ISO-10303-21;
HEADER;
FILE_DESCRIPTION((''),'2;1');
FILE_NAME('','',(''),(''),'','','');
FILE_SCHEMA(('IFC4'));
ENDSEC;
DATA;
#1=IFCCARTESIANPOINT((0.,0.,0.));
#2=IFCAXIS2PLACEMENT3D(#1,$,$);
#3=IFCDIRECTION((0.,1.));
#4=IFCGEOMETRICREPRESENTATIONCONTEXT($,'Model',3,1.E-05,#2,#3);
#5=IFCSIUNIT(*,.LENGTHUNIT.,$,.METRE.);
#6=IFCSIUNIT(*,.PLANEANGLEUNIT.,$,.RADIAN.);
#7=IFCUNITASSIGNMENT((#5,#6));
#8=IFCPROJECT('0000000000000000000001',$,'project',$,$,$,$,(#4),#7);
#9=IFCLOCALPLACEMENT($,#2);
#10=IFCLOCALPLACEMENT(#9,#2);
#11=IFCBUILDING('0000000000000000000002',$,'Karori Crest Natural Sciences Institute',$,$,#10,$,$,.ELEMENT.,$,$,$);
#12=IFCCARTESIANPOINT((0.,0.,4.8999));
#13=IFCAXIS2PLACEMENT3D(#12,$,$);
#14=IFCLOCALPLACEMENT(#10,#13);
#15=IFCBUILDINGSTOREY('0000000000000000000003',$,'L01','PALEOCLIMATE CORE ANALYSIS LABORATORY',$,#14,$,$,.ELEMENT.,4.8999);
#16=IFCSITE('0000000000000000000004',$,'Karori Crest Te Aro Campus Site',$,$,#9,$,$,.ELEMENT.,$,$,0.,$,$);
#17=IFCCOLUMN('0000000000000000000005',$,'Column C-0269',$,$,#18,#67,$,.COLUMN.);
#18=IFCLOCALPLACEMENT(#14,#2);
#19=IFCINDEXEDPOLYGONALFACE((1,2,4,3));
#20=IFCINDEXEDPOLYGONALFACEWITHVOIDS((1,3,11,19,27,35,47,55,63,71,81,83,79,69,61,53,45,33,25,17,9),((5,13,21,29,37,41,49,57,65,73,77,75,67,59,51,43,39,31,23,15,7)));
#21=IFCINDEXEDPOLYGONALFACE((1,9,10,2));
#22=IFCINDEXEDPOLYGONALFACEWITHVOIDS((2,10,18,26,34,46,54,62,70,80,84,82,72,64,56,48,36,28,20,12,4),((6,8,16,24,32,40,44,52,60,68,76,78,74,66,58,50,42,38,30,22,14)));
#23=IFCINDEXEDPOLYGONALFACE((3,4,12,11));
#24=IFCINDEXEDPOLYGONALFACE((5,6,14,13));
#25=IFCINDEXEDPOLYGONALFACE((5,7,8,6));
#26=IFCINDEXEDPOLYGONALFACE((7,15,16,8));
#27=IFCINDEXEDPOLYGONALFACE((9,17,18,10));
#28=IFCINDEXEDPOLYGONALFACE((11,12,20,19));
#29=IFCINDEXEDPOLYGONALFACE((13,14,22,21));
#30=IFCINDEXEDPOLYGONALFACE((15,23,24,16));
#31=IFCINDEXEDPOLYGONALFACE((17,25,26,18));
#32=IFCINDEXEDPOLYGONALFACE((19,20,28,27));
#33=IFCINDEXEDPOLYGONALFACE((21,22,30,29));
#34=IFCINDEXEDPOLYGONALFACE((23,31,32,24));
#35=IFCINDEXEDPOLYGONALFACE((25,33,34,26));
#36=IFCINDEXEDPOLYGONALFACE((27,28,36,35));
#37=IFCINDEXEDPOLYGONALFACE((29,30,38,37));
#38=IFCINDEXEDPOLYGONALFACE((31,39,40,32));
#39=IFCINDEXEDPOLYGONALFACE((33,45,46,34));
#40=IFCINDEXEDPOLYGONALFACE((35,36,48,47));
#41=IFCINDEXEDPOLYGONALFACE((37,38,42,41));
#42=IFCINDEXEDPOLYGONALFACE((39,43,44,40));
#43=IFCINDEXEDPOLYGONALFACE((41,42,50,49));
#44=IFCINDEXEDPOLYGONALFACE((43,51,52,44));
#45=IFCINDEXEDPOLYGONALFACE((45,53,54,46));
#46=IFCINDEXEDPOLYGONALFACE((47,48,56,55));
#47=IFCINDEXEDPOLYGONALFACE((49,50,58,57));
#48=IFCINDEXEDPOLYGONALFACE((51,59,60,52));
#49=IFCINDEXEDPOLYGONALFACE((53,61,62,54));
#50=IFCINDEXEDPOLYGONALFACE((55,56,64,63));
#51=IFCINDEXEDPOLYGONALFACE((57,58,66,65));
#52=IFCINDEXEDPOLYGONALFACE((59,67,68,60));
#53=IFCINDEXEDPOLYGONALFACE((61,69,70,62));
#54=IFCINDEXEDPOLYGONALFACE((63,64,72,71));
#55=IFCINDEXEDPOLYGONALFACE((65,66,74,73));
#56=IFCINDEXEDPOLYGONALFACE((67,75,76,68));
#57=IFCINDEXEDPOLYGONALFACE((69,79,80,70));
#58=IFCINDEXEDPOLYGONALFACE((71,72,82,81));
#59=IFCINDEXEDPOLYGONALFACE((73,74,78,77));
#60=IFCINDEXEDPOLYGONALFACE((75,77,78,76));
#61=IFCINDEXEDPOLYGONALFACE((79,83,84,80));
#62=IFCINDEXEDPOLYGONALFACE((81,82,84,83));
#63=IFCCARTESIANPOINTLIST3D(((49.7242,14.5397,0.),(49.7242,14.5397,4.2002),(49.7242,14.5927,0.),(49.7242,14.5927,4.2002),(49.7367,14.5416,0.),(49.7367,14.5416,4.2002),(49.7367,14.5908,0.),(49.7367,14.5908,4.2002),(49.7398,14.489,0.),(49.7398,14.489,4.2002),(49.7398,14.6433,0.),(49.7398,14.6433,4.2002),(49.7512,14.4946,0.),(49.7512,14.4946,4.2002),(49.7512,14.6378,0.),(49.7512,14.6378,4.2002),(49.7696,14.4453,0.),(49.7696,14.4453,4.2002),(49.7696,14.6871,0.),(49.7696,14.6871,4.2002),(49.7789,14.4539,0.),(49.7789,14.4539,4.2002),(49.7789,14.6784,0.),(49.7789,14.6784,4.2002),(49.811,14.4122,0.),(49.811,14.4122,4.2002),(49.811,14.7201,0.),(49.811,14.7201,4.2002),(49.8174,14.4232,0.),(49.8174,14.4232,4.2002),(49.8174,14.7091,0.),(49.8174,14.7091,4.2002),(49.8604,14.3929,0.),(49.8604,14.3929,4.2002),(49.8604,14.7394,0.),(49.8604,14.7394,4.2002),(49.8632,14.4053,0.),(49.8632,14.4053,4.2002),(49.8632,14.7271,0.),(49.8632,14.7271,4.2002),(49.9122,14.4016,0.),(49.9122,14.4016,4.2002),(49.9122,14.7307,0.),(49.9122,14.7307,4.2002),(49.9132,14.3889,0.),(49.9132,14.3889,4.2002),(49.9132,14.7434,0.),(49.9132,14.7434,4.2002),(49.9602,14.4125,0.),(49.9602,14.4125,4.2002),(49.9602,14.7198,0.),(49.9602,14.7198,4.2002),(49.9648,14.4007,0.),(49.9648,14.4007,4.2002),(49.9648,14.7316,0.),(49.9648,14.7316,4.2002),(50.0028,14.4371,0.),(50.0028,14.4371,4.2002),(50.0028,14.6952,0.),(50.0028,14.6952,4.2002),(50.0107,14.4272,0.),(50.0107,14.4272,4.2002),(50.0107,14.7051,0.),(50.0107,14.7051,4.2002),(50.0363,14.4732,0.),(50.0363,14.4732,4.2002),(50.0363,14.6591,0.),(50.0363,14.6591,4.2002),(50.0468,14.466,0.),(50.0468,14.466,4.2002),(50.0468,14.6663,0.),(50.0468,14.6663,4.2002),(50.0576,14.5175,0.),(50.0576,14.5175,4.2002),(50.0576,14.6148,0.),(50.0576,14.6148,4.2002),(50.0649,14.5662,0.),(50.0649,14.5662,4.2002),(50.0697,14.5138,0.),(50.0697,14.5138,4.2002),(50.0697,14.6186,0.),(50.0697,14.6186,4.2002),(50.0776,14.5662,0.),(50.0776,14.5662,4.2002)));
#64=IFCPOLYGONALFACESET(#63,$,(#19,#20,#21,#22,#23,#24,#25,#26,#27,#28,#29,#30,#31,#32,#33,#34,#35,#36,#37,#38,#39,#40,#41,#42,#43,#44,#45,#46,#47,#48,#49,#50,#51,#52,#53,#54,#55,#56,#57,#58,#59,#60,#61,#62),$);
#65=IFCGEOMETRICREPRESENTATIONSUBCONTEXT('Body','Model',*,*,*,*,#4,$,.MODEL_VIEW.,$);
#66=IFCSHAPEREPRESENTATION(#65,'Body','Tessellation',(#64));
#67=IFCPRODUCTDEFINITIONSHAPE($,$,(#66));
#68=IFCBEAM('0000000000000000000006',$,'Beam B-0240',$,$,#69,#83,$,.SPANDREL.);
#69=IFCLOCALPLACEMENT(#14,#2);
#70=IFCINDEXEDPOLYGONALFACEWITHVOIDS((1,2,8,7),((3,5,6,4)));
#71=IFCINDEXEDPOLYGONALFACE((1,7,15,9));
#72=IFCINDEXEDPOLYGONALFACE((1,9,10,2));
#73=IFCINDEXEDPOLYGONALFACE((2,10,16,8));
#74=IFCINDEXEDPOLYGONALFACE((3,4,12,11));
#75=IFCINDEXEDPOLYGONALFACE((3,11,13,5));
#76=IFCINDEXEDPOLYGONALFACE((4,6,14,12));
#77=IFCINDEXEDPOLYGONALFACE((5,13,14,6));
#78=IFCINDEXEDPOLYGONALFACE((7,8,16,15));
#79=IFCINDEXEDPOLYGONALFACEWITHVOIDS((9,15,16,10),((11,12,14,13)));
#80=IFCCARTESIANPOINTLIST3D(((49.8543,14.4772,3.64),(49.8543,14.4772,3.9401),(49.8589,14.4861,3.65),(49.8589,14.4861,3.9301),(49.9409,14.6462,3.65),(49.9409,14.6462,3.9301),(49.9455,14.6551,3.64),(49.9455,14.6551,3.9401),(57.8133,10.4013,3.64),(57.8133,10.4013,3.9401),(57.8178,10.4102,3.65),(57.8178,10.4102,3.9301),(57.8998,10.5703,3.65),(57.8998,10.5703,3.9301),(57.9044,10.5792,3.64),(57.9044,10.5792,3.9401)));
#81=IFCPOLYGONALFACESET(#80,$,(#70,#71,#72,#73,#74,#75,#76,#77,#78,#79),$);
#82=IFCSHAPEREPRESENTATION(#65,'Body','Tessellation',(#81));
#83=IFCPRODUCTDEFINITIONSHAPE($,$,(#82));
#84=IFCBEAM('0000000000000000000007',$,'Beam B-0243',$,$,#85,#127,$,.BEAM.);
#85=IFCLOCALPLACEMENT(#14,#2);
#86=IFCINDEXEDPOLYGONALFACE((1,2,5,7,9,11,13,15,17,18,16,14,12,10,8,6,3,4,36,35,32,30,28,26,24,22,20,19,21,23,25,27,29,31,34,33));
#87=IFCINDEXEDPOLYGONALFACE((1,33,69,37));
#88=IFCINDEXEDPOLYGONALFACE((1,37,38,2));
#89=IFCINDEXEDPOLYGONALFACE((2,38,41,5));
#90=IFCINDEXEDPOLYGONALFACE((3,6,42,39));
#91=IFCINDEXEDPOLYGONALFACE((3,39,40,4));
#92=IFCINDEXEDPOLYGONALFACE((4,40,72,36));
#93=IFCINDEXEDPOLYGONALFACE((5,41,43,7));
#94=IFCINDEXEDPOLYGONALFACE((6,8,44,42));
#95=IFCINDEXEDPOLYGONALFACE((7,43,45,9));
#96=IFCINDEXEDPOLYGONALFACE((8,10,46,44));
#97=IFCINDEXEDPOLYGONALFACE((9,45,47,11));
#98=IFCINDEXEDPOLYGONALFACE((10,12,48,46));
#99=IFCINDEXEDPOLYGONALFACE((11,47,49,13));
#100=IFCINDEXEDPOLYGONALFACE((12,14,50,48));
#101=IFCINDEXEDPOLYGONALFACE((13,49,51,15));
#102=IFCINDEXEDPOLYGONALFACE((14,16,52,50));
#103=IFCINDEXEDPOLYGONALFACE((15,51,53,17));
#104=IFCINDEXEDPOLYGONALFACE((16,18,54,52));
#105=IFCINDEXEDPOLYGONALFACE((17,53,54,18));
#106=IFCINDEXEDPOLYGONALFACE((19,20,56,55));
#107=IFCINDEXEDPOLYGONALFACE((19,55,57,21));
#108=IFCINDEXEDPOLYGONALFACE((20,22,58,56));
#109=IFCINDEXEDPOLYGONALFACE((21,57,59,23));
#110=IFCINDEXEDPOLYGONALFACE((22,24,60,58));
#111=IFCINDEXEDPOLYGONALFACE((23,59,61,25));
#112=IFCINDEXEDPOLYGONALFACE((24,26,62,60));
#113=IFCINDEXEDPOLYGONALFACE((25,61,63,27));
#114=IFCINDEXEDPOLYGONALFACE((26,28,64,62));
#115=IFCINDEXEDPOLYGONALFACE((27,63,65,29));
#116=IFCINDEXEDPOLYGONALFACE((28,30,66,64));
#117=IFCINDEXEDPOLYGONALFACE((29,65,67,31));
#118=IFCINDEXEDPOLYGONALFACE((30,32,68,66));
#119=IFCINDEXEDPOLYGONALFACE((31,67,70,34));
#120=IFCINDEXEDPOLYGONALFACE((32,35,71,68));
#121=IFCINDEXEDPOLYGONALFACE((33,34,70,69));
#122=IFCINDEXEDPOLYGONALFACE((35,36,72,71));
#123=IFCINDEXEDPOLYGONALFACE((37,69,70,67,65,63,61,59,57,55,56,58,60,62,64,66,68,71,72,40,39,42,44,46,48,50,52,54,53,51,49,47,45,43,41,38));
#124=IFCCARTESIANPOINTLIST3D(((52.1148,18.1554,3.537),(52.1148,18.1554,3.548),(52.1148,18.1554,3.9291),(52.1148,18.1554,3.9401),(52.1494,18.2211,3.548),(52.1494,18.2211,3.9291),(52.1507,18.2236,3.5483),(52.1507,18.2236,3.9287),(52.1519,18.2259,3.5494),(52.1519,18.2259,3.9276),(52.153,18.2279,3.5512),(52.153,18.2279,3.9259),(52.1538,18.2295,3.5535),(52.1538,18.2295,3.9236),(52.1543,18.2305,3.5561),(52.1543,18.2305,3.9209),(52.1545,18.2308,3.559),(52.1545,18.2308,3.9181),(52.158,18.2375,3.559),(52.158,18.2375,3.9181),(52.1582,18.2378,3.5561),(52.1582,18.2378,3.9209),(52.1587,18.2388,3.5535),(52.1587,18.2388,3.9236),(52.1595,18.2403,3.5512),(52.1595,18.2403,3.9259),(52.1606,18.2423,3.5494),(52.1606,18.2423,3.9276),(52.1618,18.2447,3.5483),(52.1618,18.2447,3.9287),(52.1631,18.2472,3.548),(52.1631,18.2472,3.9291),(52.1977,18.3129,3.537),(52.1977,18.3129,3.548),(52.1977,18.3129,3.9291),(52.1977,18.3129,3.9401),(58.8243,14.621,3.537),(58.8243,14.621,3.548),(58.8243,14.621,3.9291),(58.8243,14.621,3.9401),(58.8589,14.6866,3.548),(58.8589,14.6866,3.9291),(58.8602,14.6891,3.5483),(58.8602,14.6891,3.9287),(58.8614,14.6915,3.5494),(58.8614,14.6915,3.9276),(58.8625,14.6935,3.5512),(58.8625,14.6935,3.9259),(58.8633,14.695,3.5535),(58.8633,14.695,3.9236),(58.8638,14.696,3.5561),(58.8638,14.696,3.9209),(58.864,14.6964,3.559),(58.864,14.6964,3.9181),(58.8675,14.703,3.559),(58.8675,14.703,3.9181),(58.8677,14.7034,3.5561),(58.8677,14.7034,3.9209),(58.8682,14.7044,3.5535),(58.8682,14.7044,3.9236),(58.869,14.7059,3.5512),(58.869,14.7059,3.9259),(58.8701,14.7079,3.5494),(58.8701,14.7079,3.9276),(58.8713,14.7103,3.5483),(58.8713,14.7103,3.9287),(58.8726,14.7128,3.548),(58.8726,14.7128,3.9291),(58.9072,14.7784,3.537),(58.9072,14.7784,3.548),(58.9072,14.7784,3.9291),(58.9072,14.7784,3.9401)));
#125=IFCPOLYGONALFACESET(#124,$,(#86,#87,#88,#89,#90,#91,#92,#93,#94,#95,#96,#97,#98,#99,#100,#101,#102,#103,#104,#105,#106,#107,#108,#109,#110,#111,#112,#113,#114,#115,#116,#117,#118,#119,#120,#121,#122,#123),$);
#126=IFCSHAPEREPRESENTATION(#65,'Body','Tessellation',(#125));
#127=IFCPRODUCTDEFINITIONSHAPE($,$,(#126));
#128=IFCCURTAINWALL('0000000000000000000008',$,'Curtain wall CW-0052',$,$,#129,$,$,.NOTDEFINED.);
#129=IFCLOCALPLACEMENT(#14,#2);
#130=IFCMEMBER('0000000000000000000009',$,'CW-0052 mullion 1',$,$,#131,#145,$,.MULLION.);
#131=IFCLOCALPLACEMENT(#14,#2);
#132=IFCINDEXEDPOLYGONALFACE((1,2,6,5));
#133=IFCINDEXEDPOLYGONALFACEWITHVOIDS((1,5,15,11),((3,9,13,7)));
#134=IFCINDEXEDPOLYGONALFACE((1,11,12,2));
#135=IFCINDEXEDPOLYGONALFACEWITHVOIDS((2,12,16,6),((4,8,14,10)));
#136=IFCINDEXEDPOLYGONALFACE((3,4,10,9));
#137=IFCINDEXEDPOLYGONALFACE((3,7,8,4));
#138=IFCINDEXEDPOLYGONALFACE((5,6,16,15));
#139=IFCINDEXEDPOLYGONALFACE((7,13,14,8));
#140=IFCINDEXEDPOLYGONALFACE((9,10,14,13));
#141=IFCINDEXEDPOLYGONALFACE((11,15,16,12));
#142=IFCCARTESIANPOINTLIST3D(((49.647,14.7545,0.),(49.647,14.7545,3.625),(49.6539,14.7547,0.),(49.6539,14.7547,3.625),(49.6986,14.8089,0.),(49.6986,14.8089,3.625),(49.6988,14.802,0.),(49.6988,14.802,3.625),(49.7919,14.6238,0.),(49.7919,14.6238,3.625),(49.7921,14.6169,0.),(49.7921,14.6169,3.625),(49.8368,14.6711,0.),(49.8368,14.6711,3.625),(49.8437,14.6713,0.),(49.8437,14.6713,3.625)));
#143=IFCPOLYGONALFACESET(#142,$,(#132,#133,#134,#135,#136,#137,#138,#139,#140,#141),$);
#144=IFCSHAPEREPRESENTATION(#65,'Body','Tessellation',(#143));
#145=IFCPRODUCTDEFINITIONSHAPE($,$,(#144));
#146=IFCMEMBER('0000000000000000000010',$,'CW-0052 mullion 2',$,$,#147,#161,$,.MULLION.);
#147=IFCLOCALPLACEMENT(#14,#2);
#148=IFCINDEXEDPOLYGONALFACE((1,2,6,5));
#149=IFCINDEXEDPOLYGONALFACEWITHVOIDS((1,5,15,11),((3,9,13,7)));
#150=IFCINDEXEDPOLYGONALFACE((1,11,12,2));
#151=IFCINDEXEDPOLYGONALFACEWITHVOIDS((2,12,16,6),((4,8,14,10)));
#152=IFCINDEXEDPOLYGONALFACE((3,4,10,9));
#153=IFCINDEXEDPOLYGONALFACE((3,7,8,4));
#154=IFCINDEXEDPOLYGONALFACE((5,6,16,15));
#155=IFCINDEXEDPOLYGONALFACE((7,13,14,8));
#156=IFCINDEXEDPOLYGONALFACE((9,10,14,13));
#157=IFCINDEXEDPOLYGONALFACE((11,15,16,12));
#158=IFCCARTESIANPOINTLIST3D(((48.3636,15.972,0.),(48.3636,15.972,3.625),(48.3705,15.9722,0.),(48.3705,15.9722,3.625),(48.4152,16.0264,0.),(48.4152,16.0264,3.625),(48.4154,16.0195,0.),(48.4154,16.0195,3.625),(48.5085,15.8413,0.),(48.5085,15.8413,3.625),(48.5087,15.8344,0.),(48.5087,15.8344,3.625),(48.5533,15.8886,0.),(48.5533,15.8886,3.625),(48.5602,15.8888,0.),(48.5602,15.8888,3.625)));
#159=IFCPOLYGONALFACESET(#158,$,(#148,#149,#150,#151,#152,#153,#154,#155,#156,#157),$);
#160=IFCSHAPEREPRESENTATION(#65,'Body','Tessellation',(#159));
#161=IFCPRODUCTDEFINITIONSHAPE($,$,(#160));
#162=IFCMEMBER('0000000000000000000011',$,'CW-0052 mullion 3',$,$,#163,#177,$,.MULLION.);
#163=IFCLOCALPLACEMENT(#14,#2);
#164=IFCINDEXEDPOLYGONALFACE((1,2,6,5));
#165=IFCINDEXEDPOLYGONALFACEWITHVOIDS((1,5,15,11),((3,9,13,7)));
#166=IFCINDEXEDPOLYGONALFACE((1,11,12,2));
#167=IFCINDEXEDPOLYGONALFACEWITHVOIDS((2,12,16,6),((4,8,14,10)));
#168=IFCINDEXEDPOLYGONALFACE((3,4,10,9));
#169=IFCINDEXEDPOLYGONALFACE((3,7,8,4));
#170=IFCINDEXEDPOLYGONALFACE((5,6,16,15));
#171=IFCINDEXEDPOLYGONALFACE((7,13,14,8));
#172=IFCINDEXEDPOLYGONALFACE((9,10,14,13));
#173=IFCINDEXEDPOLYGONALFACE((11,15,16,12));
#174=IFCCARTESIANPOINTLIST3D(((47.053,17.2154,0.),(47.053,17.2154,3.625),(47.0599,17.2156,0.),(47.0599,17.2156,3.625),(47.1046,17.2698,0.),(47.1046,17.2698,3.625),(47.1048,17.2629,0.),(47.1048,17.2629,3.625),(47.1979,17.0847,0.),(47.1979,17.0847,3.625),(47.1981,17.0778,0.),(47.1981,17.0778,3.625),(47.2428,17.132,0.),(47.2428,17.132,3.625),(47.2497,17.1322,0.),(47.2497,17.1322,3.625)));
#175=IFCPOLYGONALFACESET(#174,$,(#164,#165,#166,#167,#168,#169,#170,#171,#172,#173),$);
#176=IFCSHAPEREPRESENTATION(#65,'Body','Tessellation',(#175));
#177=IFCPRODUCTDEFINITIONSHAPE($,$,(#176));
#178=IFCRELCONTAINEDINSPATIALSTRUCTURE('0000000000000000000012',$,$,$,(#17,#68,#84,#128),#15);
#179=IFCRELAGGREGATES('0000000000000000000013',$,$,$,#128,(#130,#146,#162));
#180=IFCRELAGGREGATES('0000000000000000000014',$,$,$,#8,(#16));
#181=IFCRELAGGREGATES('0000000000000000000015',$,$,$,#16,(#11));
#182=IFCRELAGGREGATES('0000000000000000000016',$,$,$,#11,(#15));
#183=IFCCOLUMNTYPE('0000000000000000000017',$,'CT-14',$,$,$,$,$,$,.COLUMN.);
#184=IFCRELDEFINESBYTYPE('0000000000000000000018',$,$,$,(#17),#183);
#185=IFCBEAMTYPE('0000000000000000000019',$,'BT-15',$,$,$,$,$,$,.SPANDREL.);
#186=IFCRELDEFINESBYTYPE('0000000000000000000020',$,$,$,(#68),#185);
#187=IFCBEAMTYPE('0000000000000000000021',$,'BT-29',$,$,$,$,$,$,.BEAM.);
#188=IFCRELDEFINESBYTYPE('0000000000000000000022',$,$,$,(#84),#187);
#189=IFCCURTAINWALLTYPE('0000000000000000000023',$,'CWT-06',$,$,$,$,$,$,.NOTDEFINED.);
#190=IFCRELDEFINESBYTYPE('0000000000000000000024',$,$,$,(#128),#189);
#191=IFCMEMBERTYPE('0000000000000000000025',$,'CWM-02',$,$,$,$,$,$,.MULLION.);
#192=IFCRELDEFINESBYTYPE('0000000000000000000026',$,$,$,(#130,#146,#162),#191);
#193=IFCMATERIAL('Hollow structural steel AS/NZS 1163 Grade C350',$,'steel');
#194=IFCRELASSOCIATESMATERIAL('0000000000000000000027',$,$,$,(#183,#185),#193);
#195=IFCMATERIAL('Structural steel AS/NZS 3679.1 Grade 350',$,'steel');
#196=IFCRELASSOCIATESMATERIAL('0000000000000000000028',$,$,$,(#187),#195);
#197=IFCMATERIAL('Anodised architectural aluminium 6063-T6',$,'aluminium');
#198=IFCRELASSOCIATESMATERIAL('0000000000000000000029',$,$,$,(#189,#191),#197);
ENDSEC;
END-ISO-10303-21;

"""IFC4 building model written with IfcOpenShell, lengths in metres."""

from ifc_helpers import new_model, si_unit, direction, frame, origin, origin_2d, place, context, subcontext, project, spatial, hollow_rectangle, hollow_circle, i_section, extrude, material, material_profile, profile_set, type_object, element, aggregate, save


model = new_model("IFC4")

# Units and contexts
model_context = context("Model", 3, precision=1e-05, world=origin(), true_north=direction((0.0, 1.0)))
body_context = subcontext(model_context, "Body", "Model", "MODEL_VIEW")
ifc_project = project(units=[si_unit("LENGTHUNIT", "METRE"), si_unit("PLANEANGLEUNIT", "RADIAN")], contexts=[model_context])

# Site, building, storey
site_placement = place(None, origin())
site = spatial("IfcSite", under=ifc_project, at=site_placement, Name="Karori Crest Te Aro Campus Site", CompositionType="ELEMENT", RefElevation=0.0)
building_placement = place(site_placement, origin())
building = spatial("IfcBuilding", under=site, at=building_placement, Name="Karori Crest Natural Sciences Institute", CompositionType="ELEMENT")
storey_placement = place(building_placement, frame((0.0, 0.0, 4.8999)))
storey = spatial("IfcBuildingStorey", under=building, at=storey_placement, Name="L01", Description="PALEOCLIMATE CORE ANALYSIS LABORATORY", CompositionType="ELEMENT", Elevation=4.8999)

# Column
ifc_material_1 = material(Name="Hollow structural steel AS/NZS 1163 Grade C350", Category="steel")
ifc_material_profile_1 = material_profile(ifc_material_1, hollow_circle(Radius=0.1777, WallThickness=0.0127, at=origin_2d()), Name="CHS355.6x12.7")
ifc_profile_set_1 = profile_set([ifc_material_profile_1], Name="Hollow structural steel AS/NZS 1163 Grade C350")
column_type = type_object("IfcColumnType", Name="CT-14", PredefinedType="COLUMN", material=ifc_profile_set_1)
column_placement = place(storey_placement, frame((49.8999, 14.5662, 0.0), z_axis=(0.0, 0.0, 1.0), x_axis=(1.0, 0.0, 0.0)))
element("IfcColumn", 1, at=column_placement, inside=storey, type_object=column_type, Name="Column C-0269", PredefinedType="COLUMN", context=body_context, shape_type="SweptSolid", body=[
    extrude(hollow_circle(Radius=0.1777, WallThickness=0.0127, at=origin_2d()), origin(), (0.0, 0.0, 1.0), 4.2002),
])

# Beams
ifc_material_profile_2 = material_profile(ifc_material_1, hollow_rectangle(XDim=0.2, YDim=0.3, WallThickness=0.01, at=origin_2d()), Name="RHS300x200x10")
ifc_profile_set_2 = profile_set([ifc_material_profile_2], Name="Hollow structural steel AS/NZS 1163 Grade C350")
beam_type_1 = type_object("IfcBeamType", Name="BT-15", PredefinedType="SPANDREL", material=ifc_profile_set_2)
beam_1_placement = place(storey_placement, frame((49.8999, 14.5662, 3.79), z_axis=(0.890072, -0.45582, 0.0), x_axis=(0.45582, 0.890072, 0.0)))
element("IfcBeam", 2, at=beam_1_placement, inside=storey, type_object=beam_type_1, Name="Beam B-0240", PredefinedType="SPANDREL", context=body_context, shape_type="SweptSolid", body=[
    extrude(hollow_rectangle(XDim=0.2, YDim=0.3, WallThickness=0.01, at=origin_2d()), origin(), (0.0, 0.0, 1.0), 8.9419),
])
ifc_material_2 = material(Name="Structural steel AS/NZS 3679.1 Grade 350", Category="steel")
ifc_material_profile_3 = material_profile(ifc_material_2, i_section(OverallWidth=0.178, OverallDepth=0.4031, WebThickness=0.0076, FlangeThickness=0.011, FilletRadius=0.011, at=origin_2d()), Name="410UB53.7")
ifc_profile_set_3 = profile_set([ifc_material_profile_3], Name="Structural steel AS/NZS 3679.1 Grade 350")
beam_type_2 = type_object("IfcBeamType", Name="BT-29", PredefinedType="BEAM", material=ifc_profile_set_3)
beam_2_placement = place(storey_placement, frame((52.1562, 18.2341, 3.7385), z_axis=(0.884748, -0.466069, 0.0), x_axis=(0.466069, 0.884748, 0.0)))
element("IfcBeam", 3, at=beam_2_placement, inside=storey, type_object=beam_type_2, Name="Beam B-0243", PredefinedType="BEAM", context=body_context, shape_type="SweptSolid", body=[
    extrude(i_section(OverallWidth=0.178, OverallDepth=0.4031, WebThickness=0.0076, FlangeThickness=0.011, FilletRadius=0.011, at=origin_2d()), origin(), (0.0, 0.0, 1.0), 7.5835),
])

# Curtain wall, members
ifc_material_3 = material(Name="Anodised architectural aluminium 6063-T6", Category="aluminium")
curtain_wall_type = type_object("IfcCurtainWallType", Name="CWT-06", PredefinedType="NOTDEFINED", material=ifc_material_3)
curtain_wall_placement = place(storey_placement, origin())
curtain_wall = element("IfcCurtainWall", 4, at=curtain_wall_placement, inside=storey, type_object=curtain_wall_type, Name="Curtain wall CW-0052", PredefinedType="NOTDEFINED")
ifc_material_profile_4 = material_profile(ifc_material_3, hollow_rectangle(XDim=0.075, YDim=0.2, WallThickness=0.0049, at=origin_2d()), Name="CWM200x75x5")
ifc_profile_set_4 = profile_set([ifc_material_profile_4], Name="Anodised architectural aluminium 6063-T6")
member_type_1 = type_object("IfcMemberType", Name="CWM-02", PredefinedType="MULLION", material=ifc_profile_set_4)
member_1_placement = place(storey_placement, frame((49.7454, 14.7129, 0.0), z_axis=(0.0, 0.0, 1.0), x_axis=(-0.688246, -0.725477, 0.0)))
member_1 = element("IfcMember", 5, at=member_1_placement, type_object=member_type_1, Name="CW-0052 mullion 1", PredefinedType="MULLION", context=body_context, shape_type="SweptSolid", body=[
    extrude(hollow_rectangle(XDim=0.075, YDim=0.2, WallThickness=0.0049, at=origin_2d()), origin(), (0.0, 0.0, 1.0), 3.625),
])
member_2_placement = place(storey_placement, frame((48.4619, 15.9304, 0.0), z_axis=(0.0, 0.0, 1.0), x_axis=(-0.688246, -0.725477, 0.0)))
member_2 = element("IfcMember", 6, at=member_2_placement, type_object=member_type_1, Name="CW-0052 mullion 2", PredefinedType="MULLION", context=body_context, shape_type="SweptSolid", body=[
    extrude(hollow_rectangle(XDim=0.075, YDim=0.2, WallThickness=0.0049, at=origin_2d()), origin(), (0.0, 0.0, 1.0), 3.625),
])
member_3_placement = place(storey_placement, frame((47.1514, 17.1738, 0.0), z_axis=(0.0, 0.0, 1.0), x_axis=(-0.688246, -0.725477, 0.0)))
member_3 = element("IfcMember", 7, at=member_3_placement, type_object=member_type_1, Name="CW-0052 mullion 3", PredefinedType="MULLION", context=body_context, shape_type="SweptSolid", body=[
    extrude(hollow_rectangle(XDim=0.075, YDim=0.2, WallThickness=0.0049, at=origin_2d()), origin(), (0.0, 0.0, 1.0), 3.625),
])
aggregate(curtain_wall, [member_1, member_2, member_3])

save(model, "model.ifc")
